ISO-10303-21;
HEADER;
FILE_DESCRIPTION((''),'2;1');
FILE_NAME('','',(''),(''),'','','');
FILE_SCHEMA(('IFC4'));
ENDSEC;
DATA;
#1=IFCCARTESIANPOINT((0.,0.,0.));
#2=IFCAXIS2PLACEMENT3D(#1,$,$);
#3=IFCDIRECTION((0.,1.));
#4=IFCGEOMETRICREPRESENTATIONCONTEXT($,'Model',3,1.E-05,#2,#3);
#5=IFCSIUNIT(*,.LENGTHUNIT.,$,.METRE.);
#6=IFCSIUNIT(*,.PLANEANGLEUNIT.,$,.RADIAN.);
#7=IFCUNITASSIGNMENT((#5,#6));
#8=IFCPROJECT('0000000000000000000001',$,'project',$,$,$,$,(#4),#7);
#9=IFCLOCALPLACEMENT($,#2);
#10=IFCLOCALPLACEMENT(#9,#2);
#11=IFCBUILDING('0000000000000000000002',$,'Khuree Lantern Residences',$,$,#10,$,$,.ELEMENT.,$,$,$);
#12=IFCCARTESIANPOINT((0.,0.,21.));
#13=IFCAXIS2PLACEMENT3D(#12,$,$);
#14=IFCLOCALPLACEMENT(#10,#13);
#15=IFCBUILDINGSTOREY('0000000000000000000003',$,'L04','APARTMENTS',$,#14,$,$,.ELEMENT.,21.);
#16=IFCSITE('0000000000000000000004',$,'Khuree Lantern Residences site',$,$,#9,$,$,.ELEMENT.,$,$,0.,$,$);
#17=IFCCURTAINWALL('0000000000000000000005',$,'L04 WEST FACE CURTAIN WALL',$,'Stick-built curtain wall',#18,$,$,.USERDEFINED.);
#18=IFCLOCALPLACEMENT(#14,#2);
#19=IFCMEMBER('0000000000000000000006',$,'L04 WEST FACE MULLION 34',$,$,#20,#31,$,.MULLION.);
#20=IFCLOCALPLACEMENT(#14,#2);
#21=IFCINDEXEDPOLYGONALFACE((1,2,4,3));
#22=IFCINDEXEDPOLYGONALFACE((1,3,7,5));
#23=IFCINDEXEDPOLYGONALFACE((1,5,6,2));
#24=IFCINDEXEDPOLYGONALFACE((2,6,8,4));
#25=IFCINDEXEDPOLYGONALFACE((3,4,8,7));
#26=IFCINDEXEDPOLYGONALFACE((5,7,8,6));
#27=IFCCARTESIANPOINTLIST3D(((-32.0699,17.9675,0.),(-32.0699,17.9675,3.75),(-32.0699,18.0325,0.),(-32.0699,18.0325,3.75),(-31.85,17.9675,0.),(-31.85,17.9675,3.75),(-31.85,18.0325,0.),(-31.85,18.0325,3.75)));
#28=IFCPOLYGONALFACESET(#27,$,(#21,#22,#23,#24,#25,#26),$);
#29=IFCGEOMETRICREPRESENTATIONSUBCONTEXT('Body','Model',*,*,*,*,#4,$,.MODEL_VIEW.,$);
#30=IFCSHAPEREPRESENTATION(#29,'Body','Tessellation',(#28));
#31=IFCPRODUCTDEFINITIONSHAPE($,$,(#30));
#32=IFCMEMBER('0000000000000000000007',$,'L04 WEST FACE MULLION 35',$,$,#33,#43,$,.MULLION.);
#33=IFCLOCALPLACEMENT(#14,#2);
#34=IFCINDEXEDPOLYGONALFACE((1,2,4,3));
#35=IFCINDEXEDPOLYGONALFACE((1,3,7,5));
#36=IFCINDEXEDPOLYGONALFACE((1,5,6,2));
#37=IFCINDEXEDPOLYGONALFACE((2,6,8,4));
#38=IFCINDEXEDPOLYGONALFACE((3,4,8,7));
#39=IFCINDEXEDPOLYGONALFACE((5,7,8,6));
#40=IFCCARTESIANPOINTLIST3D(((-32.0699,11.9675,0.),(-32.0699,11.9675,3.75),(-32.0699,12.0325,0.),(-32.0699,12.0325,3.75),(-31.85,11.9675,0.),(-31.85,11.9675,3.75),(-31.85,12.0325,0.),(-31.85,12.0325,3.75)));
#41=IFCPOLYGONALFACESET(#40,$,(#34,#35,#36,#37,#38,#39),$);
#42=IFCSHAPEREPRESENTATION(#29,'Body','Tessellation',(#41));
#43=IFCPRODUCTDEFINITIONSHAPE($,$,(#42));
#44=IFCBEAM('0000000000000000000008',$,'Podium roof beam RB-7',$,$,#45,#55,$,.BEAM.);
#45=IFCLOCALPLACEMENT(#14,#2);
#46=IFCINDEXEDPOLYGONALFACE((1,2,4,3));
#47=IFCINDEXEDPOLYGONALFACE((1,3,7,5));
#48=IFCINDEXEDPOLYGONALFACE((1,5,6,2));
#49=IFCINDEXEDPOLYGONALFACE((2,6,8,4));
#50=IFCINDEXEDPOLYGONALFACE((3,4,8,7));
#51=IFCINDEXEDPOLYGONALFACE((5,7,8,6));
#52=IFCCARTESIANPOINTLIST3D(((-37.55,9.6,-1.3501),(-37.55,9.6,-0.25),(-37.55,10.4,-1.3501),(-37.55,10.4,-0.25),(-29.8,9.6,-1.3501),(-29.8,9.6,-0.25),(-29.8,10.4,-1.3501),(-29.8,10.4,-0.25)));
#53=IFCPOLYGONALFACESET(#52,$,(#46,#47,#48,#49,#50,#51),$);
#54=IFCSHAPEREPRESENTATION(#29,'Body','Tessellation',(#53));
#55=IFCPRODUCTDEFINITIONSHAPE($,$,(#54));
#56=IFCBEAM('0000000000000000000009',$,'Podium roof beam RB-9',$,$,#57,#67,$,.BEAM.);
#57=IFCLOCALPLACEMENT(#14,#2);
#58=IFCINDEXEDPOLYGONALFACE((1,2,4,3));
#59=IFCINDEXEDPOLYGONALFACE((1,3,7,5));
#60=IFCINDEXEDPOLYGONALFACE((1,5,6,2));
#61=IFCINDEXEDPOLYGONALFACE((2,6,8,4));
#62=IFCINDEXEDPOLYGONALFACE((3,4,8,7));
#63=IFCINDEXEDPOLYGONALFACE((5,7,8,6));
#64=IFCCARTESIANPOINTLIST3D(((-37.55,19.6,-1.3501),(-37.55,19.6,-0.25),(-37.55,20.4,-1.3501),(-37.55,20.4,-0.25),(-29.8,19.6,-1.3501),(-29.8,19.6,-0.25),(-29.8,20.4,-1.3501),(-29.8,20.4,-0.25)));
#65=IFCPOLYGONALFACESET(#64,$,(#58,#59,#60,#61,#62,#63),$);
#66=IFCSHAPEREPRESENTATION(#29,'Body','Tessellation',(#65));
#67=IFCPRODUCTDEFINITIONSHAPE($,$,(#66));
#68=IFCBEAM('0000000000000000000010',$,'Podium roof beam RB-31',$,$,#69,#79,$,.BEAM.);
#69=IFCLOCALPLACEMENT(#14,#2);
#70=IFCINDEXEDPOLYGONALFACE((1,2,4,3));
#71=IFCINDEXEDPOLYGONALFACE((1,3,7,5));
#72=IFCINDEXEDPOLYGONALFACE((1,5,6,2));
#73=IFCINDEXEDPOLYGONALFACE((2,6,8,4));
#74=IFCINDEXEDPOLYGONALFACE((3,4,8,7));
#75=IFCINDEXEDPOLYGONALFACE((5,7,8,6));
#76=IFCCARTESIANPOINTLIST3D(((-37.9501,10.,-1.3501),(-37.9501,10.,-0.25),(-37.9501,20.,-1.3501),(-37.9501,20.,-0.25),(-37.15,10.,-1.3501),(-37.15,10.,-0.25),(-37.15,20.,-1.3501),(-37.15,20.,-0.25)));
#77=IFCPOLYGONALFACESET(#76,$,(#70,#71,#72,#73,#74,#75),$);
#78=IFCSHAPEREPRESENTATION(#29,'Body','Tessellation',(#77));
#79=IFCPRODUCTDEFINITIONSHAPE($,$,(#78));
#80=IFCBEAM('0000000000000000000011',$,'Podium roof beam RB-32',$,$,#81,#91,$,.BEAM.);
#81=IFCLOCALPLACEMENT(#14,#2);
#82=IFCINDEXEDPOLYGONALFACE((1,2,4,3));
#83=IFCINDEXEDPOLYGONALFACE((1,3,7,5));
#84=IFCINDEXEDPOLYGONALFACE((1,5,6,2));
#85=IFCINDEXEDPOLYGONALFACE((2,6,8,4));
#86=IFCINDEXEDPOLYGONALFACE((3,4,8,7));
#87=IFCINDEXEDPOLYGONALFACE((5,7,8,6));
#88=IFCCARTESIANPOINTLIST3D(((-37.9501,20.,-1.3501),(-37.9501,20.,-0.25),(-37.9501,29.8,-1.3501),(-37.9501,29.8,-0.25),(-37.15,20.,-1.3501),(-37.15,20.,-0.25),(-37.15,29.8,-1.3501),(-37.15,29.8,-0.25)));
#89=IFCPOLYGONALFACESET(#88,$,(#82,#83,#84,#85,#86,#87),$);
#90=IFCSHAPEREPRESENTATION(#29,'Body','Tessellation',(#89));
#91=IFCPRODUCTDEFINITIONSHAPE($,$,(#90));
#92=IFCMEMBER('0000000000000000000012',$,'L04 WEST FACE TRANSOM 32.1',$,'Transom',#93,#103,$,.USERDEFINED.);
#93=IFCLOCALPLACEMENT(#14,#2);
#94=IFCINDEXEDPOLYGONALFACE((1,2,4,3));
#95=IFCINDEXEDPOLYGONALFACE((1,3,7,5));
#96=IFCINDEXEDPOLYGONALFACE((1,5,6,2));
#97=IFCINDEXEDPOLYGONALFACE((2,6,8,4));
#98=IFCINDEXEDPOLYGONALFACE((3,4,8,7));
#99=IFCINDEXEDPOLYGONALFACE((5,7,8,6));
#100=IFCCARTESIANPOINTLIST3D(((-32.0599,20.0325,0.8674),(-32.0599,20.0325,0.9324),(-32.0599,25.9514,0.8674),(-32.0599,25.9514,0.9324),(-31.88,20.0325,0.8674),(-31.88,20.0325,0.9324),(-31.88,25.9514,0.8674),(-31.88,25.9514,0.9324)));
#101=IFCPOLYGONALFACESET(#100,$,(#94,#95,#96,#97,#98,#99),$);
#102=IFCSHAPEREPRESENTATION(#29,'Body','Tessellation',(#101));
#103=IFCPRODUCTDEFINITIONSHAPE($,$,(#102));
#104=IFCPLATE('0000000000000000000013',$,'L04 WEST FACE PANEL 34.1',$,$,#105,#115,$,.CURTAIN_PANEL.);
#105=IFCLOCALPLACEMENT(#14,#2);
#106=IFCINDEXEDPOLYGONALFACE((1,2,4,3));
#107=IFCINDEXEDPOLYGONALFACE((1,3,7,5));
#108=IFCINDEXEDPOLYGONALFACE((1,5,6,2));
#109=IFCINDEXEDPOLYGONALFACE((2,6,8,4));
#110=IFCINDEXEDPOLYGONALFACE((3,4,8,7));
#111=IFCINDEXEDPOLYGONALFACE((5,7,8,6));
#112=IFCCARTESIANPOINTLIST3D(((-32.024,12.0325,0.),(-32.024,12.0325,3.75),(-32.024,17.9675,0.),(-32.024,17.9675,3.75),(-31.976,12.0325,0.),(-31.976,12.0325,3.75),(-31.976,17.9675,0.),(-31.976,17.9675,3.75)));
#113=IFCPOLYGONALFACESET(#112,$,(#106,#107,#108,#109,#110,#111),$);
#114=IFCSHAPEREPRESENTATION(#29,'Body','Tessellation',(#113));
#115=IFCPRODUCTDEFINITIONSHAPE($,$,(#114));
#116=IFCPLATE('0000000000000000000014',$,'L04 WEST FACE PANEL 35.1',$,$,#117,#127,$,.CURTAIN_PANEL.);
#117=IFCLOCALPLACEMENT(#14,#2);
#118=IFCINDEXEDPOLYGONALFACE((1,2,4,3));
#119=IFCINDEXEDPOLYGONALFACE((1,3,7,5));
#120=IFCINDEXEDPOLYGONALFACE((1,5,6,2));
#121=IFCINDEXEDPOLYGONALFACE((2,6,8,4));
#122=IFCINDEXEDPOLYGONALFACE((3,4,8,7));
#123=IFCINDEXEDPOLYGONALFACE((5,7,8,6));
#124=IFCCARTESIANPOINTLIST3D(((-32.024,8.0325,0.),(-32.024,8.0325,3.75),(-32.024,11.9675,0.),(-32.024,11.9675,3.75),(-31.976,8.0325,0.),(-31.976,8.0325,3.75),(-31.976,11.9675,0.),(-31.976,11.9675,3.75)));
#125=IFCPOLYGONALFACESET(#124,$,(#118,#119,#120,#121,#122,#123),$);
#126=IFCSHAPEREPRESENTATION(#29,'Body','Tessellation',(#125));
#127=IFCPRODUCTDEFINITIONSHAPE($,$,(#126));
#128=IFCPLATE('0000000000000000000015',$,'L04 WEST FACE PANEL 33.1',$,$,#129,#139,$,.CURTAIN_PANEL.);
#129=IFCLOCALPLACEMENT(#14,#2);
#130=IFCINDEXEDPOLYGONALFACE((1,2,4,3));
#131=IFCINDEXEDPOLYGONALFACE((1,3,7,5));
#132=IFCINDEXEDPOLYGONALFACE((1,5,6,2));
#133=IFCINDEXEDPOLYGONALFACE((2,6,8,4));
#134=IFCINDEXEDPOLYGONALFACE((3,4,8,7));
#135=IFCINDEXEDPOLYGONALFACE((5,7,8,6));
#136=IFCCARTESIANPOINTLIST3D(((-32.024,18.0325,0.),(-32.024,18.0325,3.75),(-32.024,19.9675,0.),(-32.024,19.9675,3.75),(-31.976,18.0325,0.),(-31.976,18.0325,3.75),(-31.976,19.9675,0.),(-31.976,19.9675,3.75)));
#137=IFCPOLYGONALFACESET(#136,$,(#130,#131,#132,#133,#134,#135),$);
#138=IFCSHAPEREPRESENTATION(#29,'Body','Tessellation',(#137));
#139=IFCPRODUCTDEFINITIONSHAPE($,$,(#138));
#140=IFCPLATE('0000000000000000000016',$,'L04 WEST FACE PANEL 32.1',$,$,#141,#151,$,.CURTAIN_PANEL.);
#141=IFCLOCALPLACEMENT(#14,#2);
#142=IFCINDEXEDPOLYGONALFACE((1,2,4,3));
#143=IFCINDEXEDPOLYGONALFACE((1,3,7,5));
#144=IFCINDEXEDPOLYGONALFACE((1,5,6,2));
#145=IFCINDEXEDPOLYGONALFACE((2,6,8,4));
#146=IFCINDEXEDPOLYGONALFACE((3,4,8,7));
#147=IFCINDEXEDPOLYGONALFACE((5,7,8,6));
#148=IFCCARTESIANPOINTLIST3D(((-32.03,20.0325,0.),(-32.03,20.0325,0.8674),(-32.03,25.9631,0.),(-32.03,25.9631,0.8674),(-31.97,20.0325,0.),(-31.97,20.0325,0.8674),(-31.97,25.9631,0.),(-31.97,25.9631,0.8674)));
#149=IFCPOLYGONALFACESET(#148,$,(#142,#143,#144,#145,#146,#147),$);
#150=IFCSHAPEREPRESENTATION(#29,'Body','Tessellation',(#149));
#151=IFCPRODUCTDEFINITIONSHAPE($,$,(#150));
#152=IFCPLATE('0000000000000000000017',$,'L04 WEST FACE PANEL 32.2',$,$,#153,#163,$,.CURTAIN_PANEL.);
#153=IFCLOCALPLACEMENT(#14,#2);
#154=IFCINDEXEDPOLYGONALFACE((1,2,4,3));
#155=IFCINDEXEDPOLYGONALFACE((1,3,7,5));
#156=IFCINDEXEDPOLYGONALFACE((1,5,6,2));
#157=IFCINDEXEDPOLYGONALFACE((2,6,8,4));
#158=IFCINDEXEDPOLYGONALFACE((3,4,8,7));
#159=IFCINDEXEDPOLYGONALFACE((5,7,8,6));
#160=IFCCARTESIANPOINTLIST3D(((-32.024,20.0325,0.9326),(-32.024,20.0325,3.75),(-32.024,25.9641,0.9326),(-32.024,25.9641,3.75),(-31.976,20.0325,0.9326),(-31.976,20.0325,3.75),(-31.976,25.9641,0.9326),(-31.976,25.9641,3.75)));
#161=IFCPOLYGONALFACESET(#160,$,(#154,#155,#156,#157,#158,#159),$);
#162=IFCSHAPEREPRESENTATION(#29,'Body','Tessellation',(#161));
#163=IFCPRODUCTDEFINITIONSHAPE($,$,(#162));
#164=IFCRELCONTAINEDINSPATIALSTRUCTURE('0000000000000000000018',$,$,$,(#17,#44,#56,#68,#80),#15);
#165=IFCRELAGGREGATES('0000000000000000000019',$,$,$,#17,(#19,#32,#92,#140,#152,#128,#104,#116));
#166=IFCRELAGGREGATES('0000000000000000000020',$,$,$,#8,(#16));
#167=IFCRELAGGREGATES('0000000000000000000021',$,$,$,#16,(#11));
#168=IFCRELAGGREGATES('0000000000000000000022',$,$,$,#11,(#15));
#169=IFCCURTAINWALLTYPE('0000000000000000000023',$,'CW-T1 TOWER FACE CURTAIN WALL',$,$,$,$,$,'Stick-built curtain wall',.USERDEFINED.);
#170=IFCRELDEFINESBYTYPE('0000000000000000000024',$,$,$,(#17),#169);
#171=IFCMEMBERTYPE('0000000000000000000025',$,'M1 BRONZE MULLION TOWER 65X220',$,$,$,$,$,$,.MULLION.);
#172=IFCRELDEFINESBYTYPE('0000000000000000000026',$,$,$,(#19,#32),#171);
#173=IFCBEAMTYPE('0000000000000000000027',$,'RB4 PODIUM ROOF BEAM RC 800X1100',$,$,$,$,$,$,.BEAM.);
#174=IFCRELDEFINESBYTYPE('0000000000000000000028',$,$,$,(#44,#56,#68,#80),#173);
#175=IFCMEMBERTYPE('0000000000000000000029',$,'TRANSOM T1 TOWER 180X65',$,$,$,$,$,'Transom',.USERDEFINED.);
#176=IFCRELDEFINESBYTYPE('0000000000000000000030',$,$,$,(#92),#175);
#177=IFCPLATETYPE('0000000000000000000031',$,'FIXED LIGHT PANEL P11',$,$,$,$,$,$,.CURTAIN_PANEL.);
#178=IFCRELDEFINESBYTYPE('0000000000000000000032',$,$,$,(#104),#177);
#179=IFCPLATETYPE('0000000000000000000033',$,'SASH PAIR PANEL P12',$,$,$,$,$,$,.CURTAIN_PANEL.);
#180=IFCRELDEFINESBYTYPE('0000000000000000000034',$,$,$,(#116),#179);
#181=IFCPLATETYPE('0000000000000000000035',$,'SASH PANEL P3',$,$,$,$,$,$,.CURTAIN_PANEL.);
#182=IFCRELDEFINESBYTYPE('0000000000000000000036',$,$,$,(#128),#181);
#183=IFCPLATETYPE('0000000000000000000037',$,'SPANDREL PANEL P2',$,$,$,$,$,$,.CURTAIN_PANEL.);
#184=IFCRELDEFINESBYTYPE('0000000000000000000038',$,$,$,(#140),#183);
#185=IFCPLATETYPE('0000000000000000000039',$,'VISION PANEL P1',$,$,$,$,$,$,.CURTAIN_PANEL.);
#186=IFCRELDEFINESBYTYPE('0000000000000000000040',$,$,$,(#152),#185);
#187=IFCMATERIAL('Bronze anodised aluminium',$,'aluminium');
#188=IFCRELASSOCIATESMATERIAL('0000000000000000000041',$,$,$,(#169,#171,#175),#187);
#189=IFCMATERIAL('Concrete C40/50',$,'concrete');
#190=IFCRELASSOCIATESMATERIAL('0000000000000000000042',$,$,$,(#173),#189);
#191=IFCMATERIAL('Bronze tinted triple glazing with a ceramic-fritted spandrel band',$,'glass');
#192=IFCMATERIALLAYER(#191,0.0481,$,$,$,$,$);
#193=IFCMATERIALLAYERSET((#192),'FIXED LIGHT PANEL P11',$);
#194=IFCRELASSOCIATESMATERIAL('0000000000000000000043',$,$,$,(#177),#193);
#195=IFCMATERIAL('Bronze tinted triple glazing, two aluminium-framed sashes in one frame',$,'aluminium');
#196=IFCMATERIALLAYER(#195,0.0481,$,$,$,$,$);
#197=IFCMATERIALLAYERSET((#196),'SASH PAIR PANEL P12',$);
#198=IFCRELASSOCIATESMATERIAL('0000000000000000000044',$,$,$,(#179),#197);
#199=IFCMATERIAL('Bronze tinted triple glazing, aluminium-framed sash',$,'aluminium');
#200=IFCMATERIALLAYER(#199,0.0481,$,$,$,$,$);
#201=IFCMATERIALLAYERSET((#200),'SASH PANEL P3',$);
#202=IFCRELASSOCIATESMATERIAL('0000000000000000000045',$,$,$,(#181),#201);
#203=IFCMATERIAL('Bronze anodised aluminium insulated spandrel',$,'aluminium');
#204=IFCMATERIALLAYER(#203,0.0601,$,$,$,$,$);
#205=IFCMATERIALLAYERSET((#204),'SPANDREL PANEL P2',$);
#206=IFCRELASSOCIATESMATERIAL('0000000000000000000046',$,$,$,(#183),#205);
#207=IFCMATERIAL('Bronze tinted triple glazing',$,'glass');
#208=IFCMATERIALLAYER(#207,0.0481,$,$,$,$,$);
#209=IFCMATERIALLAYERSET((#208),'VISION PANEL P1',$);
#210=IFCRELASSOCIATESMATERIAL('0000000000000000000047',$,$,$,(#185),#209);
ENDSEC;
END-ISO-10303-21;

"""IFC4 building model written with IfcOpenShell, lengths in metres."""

from ifc_helpers import new_model, si_unit, direction, frame, origin, origin_2d, place, context, subcontext, project, spatial, rectangle, extrude, material, layer, layer_set, material_profile, profile_set, type_object, element, aggregate, save


model = new_model("IFC4")

# Units and contexts
model_context = context("Model", 3, precision=1e-05, world=origin(), true_north=direction((0.0, 1.0)))
body_context = subcontext(model_context, "Body", "Model", "MODEL_VIEW")
ifc_project = project(units=[si_unit("LENGTHUNIT", "METRE"), si_unit("PLANEANGLEUNIT", "RADIAN")], contexts=[model_context])

# Site, building, storey
site_placement = place(None, origin())
site = spatial("IfcSite", under=ifc_project, at=site_placement, Name="Khuree Lantern Residences site", CompositionType="ELEMENT", RefElevation=0.0)
building_placement = place(site_placement, origin())
building = spatial("IfcBuilding", under=site, at=building_placement, Name="Khuree Lantern Residences", CompositionType="ELEMENT")
storey_placement = place(building_placement, frame((0.0, 0.0, 21.0)))
storey = spatial("IfcBuildingStorey", under=building, at=storey_placement, Name="L04", Description="APARTMENTS", CompositionType="ELEMENT", Elevation=21.0)

# Curtain wall
ifc_material_1 = material(Name="Bronze anodised aluminium", Category="aluminium")
curtain_wall_type = type_object("IfcCurtainWallType", Name="CW-T1 TOWER FACE CURTAIN WALL", ElementType="Stick-built curtain wall", PredefinedType="USERDEFINED", material=ifc_material_1)
curtain_wall_placement = place(storey_placement, origin())
curtain_wall = element("IfcCurtainWall", 1, at=curtain_wall_placement, inside=storey, type_object=curtain_wall_type, Name="L04 WEST FACE CURTAIN WALL", ObjectType="Stick-built curtain wall", PredefinedType="USERDEFINED")

# Members
ifc_material_profile_1 = material_profile(ifc_material_1, rectangle(XDim=0.0649, YDim=0.22, at=origin_2d()), Name="M1 65X220")
ifc_profile_set_1 = profile_set([ifc_material_profile_1], Name="Bronze anodised aluminium")
member_type_1 = type_object("IfcMemberType", Name="M1 BRONZE MULLION TOWER 65X220", PredefinedType="MULLION", material=ifc_profile_set_1)
member_1_placement = place(storey_placement, frame((-31.96, 18.0, 0.0), z_axis=(0.0, 0.0, 1.0), x_axis=(0.0, -1.0, 0.0)))
member_1 = element("IfcMember", 2, at=member_1_placement, type_object=member_type_1, Name="L04 WEST FACE MULLION 34", PredefinedType="MULLION", context=body_context, shape_type="SweptSolid", body=[
    extrude(rectangle(XDim=0.0649, YDim=0.22, at=origin_2d()), origin(), (0.0, 0.0, 1.0), 3.75),
])
member_2_placement = place(storey_placement, frame((-31.96, 12.0, 0.0), z_axis=(0.0, 0.0, 1.0), x_axis=(0.0, -1.0, 0.0)))
member_2 = element("IfcMember", 3, at=member_2_placement, type_object=member_type_1, Name="L04 WEST FACE MULLION 35", PredefinedType="MULLION", context=body_context, shape_type="SweptSolid", body=[
    extrude(rectangle(XDim=0.0649, YDim=0.22, at=origin_2d()), origin(), (0.0, 0.0, 1.0), 3.75),
])

# Beams
ifc_material_2 = material(Name="Concrete C40/50", Category="concrete")
ifc_material_profile_2 = material_profile(ifc_material_2, rectangle(XDim=0.8, YDim=1.1001, at=origin_2d()), Name="RC 800X1100")
ifc_profile_set_2 = profile_set([ifc_material_profile_2], Name="Concrete C40/50")
beam_type_1 = type_object("IfcBeamType", Name="RB4 PODIUM ROOF BEAM RC 800X1100", PredefinedType="BEAM", material=ifc_profile_set_2)
for number, where, z_axis, x_axis, name in (
    (4, (-37.55, 10.0, -0.8), (1.0, 0.0, 0.0), (0.0, 1.0, 0.0), "Podium roof beam RB-7"),
    (5, (-37.55, 20.0, -0.8), (1.0, 0.0, 0.0), (0.0, 1.0, 0.0), "Podium roof beam RB-9"),
):
    element("IfcBeam", number, at=place(storey_placement, frame(where, z_axis=z_axis, x_axis=x_axis)), inside=storey, type_object=beam_type_1, Name=name, PredefinedType="BEAM", context=body_context, shape_type="SweptSolid", body=[
        extrude(rectangle(XDim=0.8, YDim=1.1001, at=origin_2d()), origin(), (0.0, 0.0, 1.0), 7.75),
    ])
beam_1_placement = place(storey_placement, frame((-37.55, 10.0, -0.8), z_axis=(0.0, 1.0, 0.0), x_axis=(-1.0, 0.0, 0.0)))
element("IfcBeam", 6, at=beam_1_placement, inside=storey, type_object=beam_type_1, Name="Podium roof beam RB-31", PredefinedType="BEAM", context=body_context, shape_type="SweptSolid", body=[
    extrude(rectangle(XDim=0.8, YDim=1.1001, at=origin_2d()), origin(), (0.0, 0.0, 1.0), 10.0),
])
beam_2_placement = place(storey_placement, frame((-37.55, 20.0, -0.8), z_axis=(0.0, 1.0, 0.0), x_axis=(-1.0, 0.0, 0.0)))
element("IfcBeam", 7, at=beam_2_placement, inside=storey, type_object=beam_type_1, Name="Podium roof beam RB-32", PredefinedType="BEAM", context=body_context, shape_type="SweptSolid", body=[
    extrude(rectangle(XDim=0.8, YDim=1.1001, at=origin_2d()), origin(), (0.0, 0.0, 1.0), 9.8),
])

# Member
ifc_material_profile_3 = material_profile(ifc_material_1, rectangle(XDim=0.1799, YDim=0.0649, at=origin_2d()), Name="T1 180X65")
ifc_profile_set_3 = profile_set([ifc_material_profile_3], Name="Bronze anodised aluminium")
member_type_2 = type_object("IfcMemberType", Name="TRANSOM T1 TOWER 180X65", ElementType="Transom", PredefinedType="USERDEFINED", material=ifc_profile_set_3)
member_3_placement = place(storey_placement, frame((-31.97, 25.9514, 0.8999), z_axis=(0.0, -1.0, 0.0), x_axis=(1.0, 0.0, 0.0)))
member_3 = element("IfcMember", 8, at=member_3_placement, type_object=member_type_2, Name="L04 WEST FACE TRANSOM 32.1", ObjectType="Transom", PredefinedType="USERDEFINED", context=body_context, shape_type="SweptSolid", body=[
    extrude(rectangle(XDim=0.1799, YDim=0.0649, at=origin_2d()), origin(), (0.0, 0.0, 1.0), 5.9189),
])

# Plates
ifc_material_3 = material(Name="Bronze tinted triple glazing with a ceramic-fritted spandrel band", Category="glass")
ifc_layer_1 = layer(ifc_material_3, 0.0481)
ifc_layer_set_1 = layer_set([ifc_layer_1], Name="FIXED LIGHT PANEL P11")
plate_type_1 = type_object("IfcPlateType", Name="FIXED LIGHT PANEL P11", PredefinedType="CURTAIN_PANEL", material=ifc_layer_set_1)
plate_1_placement = place(storey_placement, frame((-32.0, 15.0, 0.0), z_axis=(0.0, 0.0, 1.0), x_axis=(0.0, -1.0, 0.0)))
plate_1 = element("IfcPlate", 9, at=plate_1_placement, type_object=plate_type_1, Name="L04 WEST FACE PANEL 34.1", PredefinedType="CURTAIN_PANEL", context=body_context, shape_type="SweptSolid", body=[
    extrude(rectangle(XDim=5.9351, YDim=0.0481, at=origin_2d()), origin(), (0.0, 0.0, 1.0), 3.75),
])
ifc_material_4 = material(Name="Bronze tinted triple glazing, two aluminium-framed sashes in one frame", Category="aluminium")
ifc_layer_2 = layer(ifc_material_4, 0.0481)
ifc_layer_set_2 = layer_set([ifc_layer_2], Name="SASH PAIR PANEL P12")
plate_type_2 = type_object("IfcPlateType", Name="SASH PAIR PANEL P12", PredefinedType="CURTAIN_PANEL", material=ifc_layer_set_2)
plate_2_placement = place(storey_placement, frame((-32.0, 10.0, 0.0), z_axis=(0.0, 0.0, 1.0), x_axis=(0.0, -1.0, 0.0)))
plate_2 = element("IfcPlate", 10, at=plate_2_placement, type_object=plate_type_2, Name="L04 WEST FACE PANEL 35.1", PredefinedType="CURTAIN_PANEL", context=body_context, shape_type="SweptSolid", body=[
    extrude(rectangle(XDim=3.9351, YDim=0.0481, at=origin_2d()), origin(), (0.0, 0.0, 1.0), 3.75),
])
ifc_material_5 = material(Name="Bronze tinted triple glazing, aluminium-framed sash", Category="aluminium")
ifc_layer_3 = layer(ifc_material_5, 0.0481)
ifc_layer_set_3 = layer_set([ifc_layer_3], Name="SASH PANEL P3")
plate_type_3 = type_object("IfcPlateType", Name="SASH PANEL P3", PredefinedType="CURTAIN_PANEL", material=ifc_layer_set_3)
plate_3_placement = place(storey_placement, frame((-32.0, 19.0, 0.0), z_axis=(0.0, 0.0, 1.0), x_axis=(0.0, -1.0, 0.0)))
plate_3 = element("IfcPlate", 11, at=plate_3_placement, type_object=plate_type_3, Name="L04 WEST FACE PANEL 33.1", PredefinedType="CURTAIN_PANEL", context=body_context, shape_type="SweptSolid", body=[
    extrude(rectangle(XDim=1.9351, YDim=0.0481, at=origin_2d()), origin(), (0.0, 0.0, 1.0), 3.75),
])
ifc_material_6 = material(Name="Bronze anodised aluminium insulated spandrel", Category="aluminium")
ifc_layer_4 = layer(ifc_material_6, 0.0601)
ifc_layer_set_4 = layer_set([ifc_layer_4], Name="SPANDREL PANEL P2")
plate_type_4 = type_object("IfcPlateType", Name="SPANDREL PANEL P2", PredefinedType="CURTAIN_PANEL", material=ifc_layer_set_4)
plate_4_placement = place(storey_placement, frame((-32.0, 22.9978, 0.0), z_axis=(0.0, 0.0, 1.0), x_axis=(0.0, -1.0, 0.0)))
plate_4 = element("IfcPlate", 12, at=plate_4_placement, type_object=plate_type_4, Name="L04 WEST FACE PANEL 32.1", PredefinedType="CURTAIN_PANEL", context=body_context, shape_type="SweptSolid", body=[
    extrude(rectangle(XDim=5.9307, YDim=0.0601, at=origin_2d()), origin(), (0.0, 0.0, 1.0), 0.8674),
])
ifc_material_7 = material(Name="Bronze tinted triple glazing", Category="glass")
ifc_layer_5 = layer(ifc_material_7, 0.0481)
ifc_layer_set_5 = layer_set([ifc_layer_5], Name="VISION PANEL P1")
plate_type_5 = type_object("IfcPlateType", Name="VISION PANEL P1", PredefinedType="CURTAIN_PANEL", material=ifc_layer_set_5)
plate_5_placement = place(storey_placement, frame((-32.0, 22.9983, 0.9326), z_axis=(0.0, 0.0, 1.0), x_axis=(0.0, -1.0, 0.0)))
plate_5 = element("IfcPlate", 13, at=plate_5_placement, type_object=plate_type_5, Name="L04 WEST FACE PANEL 32.2", PredefinedType="CURTAIN_PANEL", context=body_context, shape_type="SweptSolid", body=[
    extrude(rectangle(XDim=5.9316, YDim=0.0481, at=origin_2d()), origin(), (0.0, 0.0, 1.0), 2.8174),
])
aggregate(curtain_wall, [member_1, member_2, member_3, plate_4, plate_5, plate_3, plate_1, plate_2])

save(model, "model.ifc")
